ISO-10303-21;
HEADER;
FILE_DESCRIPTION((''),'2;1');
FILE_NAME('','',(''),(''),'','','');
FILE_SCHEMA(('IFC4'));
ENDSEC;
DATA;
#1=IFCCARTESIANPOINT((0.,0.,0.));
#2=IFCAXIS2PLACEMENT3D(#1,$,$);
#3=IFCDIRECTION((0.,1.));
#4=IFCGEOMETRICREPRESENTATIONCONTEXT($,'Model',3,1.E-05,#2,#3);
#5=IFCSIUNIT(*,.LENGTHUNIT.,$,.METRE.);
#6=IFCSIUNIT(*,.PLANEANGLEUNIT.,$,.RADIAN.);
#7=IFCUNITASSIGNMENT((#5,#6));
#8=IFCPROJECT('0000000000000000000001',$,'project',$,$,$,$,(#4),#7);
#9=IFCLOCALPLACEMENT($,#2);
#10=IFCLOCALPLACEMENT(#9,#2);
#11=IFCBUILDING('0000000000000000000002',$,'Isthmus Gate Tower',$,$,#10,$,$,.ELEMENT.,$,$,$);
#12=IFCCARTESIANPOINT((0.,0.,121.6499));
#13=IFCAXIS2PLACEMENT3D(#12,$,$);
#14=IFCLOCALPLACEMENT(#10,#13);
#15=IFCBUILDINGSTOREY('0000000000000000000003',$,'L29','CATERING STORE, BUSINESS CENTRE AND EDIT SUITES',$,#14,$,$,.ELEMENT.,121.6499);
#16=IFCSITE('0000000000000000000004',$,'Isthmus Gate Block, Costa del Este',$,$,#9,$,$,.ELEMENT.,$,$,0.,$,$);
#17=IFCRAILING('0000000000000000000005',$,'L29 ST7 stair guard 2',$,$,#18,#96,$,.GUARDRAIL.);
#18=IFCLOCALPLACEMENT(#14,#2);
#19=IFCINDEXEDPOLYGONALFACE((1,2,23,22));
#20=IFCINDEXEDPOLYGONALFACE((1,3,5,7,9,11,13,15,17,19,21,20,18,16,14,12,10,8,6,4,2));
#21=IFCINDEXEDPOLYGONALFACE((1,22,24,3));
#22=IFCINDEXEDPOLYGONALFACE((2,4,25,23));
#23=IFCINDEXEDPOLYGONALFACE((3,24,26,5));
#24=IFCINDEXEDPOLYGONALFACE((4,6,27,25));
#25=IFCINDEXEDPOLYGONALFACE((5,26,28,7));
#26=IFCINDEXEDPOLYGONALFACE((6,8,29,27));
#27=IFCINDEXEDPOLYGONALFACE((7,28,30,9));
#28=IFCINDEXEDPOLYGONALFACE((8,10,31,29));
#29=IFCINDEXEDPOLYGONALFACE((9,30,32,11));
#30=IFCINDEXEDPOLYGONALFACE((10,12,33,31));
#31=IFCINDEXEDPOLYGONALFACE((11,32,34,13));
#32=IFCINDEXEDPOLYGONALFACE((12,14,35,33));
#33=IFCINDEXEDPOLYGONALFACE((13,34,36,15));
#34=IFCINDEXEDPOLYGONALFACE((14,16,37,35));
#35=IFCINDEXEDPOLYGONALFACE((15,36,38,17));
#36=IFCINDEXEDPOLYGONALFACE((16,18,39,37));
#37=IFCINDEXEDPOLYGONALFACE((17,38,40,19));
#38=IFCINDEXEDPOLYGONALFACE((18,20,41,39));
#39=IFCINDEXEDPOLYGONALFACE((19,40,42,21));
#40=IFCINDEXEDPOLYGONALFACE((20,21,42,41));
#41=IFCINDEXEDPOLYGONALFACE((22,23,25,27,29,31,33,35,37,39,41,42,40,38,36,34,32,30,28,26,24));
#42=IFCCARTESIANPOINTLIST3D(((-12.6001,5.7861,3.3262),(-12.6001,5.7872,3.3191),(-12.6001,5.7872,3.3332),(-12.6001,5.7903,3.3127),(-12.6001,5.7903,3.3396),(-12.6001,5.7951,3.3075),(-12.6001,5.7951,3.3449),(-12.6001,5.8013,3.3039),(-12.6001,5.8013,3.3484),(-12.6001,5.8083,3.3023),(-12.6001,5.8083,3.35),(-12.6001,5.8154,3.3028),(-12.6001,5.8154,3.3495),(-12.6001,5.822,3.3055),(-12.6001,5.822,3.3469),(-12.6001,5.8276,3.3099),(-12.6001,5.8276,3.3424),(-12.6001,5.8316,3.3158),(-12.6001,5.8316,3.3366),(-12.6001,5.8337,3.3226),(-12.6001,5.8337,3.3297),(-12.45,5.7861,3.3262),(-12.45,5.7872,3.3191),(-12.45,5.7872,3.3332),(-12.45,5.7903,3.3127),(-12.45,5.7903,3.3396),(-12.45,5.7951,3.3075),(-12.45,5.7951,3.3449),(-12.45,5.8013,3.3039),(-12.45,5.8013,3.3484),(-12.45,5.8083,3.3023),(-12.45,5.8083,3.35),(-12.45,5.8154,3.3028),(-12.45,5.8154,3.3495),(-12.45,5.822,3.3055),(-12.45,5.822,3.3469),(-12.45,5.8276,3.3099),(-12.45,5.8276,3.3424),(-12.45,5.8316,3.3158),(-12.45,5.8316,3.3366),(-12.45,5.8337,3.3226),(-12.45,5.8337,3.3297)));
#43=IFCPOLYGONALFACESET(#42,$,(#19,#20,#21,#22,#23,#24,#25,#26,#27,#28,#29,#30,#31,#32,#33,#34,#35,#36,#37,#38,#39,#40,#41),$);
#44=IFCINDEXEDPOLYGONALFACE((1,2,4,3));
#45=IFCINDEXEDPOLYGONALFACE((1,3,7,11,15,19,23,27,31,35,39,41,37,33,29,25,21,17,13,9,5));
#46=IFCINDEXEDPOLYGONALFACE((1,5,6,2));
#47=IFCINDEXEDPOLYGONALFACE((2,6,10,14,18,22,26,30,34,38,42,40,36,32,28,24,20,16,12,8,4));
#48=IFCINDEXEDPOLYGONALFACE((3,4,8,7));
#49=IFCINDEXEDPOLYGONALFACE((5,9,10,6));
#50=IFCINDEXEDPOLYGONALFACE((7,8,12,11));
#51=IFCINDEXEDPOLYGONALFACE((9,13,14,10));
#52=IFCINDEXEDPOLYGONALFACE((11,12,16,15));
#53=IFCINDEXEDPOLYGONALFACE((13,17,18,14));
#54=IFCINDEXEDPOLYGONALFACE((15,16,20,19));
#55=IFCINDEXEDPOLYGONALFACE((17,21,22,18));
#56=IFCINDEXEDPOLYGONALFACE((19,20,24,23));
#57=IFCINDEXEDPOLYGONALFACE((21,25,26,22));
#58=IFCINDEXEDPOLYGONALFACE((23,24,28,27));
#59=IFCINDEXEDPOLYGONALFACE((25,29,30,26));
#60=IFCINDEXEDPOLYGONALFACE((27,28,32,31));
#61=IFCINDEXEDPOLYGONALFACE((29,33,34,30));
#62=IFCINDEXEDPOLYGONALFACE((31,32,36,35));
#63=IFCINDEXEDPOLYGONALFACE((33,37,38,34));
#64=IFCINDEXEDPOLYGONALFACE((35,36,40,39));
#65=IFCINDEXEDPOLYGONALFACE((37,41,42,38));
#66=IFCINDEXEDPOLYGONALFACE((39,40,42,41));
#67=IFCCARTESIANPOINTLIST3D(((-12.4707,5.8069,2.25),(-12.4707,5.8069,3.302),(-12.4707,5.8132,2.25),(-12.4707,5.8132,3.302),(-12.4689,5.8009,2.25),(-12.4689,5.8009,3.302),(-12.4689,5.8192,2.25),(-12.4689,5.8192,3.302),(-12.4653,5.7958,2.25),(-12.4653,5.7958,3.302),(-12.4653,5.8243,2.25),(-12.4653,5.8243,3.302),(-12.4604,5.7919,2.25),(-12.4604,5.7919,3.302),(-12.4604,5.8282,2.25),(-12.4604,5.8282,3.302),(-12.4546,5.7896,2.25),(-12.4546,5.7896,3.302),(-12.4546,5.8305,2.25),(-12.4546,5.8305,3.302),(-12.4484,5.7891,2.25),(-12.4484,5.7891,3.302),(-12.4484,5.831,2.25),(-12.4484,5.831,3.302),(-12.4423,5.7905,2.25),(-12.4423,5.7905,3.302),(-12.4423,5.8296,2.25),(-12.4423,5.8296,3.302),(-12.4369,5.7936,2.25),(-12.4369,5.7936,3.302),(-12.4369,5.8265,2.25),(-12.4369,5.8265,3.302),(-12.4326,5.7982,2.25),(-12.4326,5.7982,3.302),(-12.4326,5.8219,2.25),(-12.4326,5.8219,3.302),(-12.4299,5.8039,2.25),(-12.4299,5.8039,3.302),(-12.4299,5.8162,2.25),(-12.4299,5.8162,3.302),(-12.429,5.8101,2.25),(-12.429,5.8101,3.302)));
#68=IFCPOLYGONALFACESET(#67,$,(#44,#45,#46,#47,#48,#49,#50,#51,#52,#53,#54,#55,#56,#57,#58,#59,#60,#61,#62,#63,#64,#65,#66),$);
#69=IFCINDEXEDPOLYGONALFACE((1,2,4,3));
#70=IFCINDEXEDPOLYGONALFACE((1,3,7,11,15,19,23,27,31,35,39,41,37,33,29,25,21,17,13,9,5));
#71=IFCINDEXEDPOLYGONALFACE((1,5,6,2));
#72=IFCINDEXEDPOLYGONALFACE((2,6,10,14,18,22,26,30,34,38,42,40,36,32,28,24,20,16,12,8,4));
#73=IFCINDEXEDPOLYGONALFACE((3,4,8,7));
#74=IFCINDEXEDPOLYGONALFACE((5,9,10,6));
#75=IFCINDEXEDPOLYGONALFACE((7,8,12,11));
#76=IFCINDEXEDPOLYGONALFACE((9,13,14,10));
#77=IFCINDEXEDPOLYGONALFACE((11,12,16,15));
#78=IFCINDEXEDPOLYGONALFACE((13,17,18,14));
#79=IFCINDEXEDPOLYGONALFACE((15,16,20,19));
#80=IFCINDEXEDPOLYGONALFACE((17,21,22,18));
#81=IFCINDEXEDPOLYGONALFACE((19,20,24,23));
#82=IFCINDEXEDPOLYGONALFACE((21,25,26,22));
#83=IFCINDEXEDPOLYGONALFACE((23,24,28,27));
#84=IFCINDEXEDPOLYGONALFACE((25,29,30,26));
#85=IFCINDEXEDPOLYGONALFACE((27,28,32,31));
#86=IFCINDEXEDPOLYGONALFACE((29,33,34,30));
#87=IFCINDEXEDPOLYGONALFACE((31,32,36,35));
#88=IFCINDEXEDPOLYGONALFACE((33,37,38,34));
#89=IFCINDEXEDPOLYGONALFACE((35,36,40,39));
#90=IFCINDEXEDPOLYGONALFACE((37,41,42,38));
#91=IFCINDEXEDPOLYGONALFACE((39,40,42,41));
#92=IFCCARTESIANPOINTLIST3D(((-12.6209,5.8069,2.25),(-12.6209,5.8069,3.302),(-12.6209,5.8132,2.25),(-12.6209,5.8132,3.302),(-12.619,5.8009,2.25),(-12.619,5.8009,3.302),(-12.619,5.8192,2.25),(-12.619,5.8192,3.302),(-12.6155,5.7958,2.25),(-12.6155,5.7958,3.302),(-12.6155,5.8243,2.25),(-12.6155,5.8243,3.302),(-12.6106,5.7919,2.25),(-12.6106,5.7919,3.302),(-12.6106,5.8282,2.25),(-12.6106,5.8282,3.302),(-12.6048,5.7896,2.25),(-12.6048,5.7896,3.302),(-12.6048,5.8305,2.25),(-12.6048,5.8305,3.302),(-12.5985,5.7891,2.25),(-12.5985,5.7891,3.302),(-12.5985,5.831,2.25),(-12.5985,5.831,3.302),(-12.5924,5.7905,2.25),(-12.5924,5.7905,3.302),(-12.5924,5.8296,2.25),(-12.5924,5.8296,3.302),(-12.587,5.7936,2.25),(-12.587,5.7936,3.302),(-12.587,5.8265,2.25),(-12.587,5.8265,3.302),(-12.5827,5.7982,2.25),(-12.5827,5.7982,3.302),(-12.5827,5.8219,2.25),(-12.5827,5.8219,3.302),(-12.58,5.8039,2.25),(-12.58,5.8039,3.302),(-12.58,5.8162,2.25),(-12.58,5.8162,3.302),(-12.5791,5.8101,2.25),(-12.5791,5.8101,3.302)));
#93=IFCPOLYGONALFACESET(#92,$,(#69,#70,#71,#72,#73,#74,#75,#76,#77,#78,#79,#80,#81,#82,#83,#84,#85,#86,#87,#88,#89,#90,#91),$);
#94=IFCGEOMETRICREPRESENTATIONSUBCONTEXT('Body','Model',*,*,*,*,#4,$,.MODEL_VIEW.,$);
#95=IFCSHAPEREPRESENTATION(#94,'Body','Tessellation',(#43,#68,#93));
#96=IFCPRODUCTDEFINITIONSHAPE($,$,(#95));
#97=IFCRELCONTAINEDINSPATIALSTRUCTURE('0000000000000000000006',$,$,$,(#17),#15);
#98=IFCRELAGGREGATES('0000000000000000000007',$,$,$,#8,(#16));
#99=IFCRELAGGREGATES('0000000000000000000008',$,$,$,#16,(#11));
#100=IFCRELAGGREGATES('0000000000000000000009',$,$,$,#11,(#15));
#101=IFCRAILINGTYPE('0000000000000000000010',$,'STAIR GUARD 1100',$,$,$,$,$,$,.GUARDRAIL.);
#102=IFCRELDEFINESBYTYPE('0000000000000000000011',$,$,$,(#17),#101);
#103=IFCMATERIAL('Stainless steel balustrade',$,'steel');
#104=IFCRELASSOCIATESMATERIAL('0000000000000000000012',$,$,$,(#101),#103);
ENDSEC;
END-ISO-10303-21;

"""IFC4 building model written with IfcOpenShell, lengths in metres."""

from ifc_helpers import new_model, si_unit, direction, frame, origin, origin_2d, place, context, subcontext, project, spatial, circle, extrude, material, type_object, element, save


model = new_model("IFC4")

# Units and contexts
model_context = context("Model", 3, precision=1e-05, world=origin(), true_north=direction((0.0, 1.0)))
body_context = subcontext(model_context, "Body", "Model", "MODEL_VIEW")
ifc_project = project(units=[si_unit("LENGTHUNIT", "METRE"), si_unit("PLANEANGLEUNIT", "RADIAN")], contexts=[model_context])

# Site, building, storey
site_placement = place(None, origin())
site = spatial("IfcSite", under=ifc_project, at=site_placement, Name="Isthmus Gate Block, Costa del Este", CompositionType="ELEMENT", RefElevation=0.0)
building_placement = place(site_placement, origin())
building = spatial("IfcBuilding", under=site, at=building_placement, Name="Isthmus Gate Tower", CompositionType="ELEMENT")
storey_placement = place(building_placement, frame((0.0, 0.0, 121.6499)))
storey = spatial("IfcBuildingStorey", under=building, at=storey_placement, Name="L29", Description="CATERING STORE, BUSINESS CENTRE AND EDIT SUITES", CompositionType="ELEMENT", Elevation=121.6499)

# Railing
ifc_material_1 = material(Name="Stainless steel balustrade", Category="steel")
railing_type_1 = type_object("IfcRailingType", Name="STAIR GUARD 1100", PredefinedType="GUARDRAIL", material=ifc_material_1)
railing_1_placement = place(storey_placement, frame((-12.45, 5.8101, 2.25)))
element("IfcRailing", 1, at=railing_1_placement, inside=storey, type_object=railing_type_1, Name="L29 ST7 stair guard 2", PredefinedType="GUARDRAIL", context=body_context, shape_type="SweptSolid", body=[
    extrude(circle(Radius=0.0239, at=origin_2d()), frame((0.0, 0.0, 1.0762), z_axis=(-1.0, 0.0, 0.0), x_axis=(0.0, -1.0, 0.0)), (0.0, 0.0, 1.0), 0.1501),
    extrude(circle(Radius=0.021, at=origin_2d()), origin(), (0.0, 0.0, 1.0), 1.052),
    extrude(circle(Radius=0.021, at=origin_2d()), frame((-0.1501, 0.0, 0.0)), (0.0, 0.0, 1.0), 1.052),
])

save(model, "model.ifc")
